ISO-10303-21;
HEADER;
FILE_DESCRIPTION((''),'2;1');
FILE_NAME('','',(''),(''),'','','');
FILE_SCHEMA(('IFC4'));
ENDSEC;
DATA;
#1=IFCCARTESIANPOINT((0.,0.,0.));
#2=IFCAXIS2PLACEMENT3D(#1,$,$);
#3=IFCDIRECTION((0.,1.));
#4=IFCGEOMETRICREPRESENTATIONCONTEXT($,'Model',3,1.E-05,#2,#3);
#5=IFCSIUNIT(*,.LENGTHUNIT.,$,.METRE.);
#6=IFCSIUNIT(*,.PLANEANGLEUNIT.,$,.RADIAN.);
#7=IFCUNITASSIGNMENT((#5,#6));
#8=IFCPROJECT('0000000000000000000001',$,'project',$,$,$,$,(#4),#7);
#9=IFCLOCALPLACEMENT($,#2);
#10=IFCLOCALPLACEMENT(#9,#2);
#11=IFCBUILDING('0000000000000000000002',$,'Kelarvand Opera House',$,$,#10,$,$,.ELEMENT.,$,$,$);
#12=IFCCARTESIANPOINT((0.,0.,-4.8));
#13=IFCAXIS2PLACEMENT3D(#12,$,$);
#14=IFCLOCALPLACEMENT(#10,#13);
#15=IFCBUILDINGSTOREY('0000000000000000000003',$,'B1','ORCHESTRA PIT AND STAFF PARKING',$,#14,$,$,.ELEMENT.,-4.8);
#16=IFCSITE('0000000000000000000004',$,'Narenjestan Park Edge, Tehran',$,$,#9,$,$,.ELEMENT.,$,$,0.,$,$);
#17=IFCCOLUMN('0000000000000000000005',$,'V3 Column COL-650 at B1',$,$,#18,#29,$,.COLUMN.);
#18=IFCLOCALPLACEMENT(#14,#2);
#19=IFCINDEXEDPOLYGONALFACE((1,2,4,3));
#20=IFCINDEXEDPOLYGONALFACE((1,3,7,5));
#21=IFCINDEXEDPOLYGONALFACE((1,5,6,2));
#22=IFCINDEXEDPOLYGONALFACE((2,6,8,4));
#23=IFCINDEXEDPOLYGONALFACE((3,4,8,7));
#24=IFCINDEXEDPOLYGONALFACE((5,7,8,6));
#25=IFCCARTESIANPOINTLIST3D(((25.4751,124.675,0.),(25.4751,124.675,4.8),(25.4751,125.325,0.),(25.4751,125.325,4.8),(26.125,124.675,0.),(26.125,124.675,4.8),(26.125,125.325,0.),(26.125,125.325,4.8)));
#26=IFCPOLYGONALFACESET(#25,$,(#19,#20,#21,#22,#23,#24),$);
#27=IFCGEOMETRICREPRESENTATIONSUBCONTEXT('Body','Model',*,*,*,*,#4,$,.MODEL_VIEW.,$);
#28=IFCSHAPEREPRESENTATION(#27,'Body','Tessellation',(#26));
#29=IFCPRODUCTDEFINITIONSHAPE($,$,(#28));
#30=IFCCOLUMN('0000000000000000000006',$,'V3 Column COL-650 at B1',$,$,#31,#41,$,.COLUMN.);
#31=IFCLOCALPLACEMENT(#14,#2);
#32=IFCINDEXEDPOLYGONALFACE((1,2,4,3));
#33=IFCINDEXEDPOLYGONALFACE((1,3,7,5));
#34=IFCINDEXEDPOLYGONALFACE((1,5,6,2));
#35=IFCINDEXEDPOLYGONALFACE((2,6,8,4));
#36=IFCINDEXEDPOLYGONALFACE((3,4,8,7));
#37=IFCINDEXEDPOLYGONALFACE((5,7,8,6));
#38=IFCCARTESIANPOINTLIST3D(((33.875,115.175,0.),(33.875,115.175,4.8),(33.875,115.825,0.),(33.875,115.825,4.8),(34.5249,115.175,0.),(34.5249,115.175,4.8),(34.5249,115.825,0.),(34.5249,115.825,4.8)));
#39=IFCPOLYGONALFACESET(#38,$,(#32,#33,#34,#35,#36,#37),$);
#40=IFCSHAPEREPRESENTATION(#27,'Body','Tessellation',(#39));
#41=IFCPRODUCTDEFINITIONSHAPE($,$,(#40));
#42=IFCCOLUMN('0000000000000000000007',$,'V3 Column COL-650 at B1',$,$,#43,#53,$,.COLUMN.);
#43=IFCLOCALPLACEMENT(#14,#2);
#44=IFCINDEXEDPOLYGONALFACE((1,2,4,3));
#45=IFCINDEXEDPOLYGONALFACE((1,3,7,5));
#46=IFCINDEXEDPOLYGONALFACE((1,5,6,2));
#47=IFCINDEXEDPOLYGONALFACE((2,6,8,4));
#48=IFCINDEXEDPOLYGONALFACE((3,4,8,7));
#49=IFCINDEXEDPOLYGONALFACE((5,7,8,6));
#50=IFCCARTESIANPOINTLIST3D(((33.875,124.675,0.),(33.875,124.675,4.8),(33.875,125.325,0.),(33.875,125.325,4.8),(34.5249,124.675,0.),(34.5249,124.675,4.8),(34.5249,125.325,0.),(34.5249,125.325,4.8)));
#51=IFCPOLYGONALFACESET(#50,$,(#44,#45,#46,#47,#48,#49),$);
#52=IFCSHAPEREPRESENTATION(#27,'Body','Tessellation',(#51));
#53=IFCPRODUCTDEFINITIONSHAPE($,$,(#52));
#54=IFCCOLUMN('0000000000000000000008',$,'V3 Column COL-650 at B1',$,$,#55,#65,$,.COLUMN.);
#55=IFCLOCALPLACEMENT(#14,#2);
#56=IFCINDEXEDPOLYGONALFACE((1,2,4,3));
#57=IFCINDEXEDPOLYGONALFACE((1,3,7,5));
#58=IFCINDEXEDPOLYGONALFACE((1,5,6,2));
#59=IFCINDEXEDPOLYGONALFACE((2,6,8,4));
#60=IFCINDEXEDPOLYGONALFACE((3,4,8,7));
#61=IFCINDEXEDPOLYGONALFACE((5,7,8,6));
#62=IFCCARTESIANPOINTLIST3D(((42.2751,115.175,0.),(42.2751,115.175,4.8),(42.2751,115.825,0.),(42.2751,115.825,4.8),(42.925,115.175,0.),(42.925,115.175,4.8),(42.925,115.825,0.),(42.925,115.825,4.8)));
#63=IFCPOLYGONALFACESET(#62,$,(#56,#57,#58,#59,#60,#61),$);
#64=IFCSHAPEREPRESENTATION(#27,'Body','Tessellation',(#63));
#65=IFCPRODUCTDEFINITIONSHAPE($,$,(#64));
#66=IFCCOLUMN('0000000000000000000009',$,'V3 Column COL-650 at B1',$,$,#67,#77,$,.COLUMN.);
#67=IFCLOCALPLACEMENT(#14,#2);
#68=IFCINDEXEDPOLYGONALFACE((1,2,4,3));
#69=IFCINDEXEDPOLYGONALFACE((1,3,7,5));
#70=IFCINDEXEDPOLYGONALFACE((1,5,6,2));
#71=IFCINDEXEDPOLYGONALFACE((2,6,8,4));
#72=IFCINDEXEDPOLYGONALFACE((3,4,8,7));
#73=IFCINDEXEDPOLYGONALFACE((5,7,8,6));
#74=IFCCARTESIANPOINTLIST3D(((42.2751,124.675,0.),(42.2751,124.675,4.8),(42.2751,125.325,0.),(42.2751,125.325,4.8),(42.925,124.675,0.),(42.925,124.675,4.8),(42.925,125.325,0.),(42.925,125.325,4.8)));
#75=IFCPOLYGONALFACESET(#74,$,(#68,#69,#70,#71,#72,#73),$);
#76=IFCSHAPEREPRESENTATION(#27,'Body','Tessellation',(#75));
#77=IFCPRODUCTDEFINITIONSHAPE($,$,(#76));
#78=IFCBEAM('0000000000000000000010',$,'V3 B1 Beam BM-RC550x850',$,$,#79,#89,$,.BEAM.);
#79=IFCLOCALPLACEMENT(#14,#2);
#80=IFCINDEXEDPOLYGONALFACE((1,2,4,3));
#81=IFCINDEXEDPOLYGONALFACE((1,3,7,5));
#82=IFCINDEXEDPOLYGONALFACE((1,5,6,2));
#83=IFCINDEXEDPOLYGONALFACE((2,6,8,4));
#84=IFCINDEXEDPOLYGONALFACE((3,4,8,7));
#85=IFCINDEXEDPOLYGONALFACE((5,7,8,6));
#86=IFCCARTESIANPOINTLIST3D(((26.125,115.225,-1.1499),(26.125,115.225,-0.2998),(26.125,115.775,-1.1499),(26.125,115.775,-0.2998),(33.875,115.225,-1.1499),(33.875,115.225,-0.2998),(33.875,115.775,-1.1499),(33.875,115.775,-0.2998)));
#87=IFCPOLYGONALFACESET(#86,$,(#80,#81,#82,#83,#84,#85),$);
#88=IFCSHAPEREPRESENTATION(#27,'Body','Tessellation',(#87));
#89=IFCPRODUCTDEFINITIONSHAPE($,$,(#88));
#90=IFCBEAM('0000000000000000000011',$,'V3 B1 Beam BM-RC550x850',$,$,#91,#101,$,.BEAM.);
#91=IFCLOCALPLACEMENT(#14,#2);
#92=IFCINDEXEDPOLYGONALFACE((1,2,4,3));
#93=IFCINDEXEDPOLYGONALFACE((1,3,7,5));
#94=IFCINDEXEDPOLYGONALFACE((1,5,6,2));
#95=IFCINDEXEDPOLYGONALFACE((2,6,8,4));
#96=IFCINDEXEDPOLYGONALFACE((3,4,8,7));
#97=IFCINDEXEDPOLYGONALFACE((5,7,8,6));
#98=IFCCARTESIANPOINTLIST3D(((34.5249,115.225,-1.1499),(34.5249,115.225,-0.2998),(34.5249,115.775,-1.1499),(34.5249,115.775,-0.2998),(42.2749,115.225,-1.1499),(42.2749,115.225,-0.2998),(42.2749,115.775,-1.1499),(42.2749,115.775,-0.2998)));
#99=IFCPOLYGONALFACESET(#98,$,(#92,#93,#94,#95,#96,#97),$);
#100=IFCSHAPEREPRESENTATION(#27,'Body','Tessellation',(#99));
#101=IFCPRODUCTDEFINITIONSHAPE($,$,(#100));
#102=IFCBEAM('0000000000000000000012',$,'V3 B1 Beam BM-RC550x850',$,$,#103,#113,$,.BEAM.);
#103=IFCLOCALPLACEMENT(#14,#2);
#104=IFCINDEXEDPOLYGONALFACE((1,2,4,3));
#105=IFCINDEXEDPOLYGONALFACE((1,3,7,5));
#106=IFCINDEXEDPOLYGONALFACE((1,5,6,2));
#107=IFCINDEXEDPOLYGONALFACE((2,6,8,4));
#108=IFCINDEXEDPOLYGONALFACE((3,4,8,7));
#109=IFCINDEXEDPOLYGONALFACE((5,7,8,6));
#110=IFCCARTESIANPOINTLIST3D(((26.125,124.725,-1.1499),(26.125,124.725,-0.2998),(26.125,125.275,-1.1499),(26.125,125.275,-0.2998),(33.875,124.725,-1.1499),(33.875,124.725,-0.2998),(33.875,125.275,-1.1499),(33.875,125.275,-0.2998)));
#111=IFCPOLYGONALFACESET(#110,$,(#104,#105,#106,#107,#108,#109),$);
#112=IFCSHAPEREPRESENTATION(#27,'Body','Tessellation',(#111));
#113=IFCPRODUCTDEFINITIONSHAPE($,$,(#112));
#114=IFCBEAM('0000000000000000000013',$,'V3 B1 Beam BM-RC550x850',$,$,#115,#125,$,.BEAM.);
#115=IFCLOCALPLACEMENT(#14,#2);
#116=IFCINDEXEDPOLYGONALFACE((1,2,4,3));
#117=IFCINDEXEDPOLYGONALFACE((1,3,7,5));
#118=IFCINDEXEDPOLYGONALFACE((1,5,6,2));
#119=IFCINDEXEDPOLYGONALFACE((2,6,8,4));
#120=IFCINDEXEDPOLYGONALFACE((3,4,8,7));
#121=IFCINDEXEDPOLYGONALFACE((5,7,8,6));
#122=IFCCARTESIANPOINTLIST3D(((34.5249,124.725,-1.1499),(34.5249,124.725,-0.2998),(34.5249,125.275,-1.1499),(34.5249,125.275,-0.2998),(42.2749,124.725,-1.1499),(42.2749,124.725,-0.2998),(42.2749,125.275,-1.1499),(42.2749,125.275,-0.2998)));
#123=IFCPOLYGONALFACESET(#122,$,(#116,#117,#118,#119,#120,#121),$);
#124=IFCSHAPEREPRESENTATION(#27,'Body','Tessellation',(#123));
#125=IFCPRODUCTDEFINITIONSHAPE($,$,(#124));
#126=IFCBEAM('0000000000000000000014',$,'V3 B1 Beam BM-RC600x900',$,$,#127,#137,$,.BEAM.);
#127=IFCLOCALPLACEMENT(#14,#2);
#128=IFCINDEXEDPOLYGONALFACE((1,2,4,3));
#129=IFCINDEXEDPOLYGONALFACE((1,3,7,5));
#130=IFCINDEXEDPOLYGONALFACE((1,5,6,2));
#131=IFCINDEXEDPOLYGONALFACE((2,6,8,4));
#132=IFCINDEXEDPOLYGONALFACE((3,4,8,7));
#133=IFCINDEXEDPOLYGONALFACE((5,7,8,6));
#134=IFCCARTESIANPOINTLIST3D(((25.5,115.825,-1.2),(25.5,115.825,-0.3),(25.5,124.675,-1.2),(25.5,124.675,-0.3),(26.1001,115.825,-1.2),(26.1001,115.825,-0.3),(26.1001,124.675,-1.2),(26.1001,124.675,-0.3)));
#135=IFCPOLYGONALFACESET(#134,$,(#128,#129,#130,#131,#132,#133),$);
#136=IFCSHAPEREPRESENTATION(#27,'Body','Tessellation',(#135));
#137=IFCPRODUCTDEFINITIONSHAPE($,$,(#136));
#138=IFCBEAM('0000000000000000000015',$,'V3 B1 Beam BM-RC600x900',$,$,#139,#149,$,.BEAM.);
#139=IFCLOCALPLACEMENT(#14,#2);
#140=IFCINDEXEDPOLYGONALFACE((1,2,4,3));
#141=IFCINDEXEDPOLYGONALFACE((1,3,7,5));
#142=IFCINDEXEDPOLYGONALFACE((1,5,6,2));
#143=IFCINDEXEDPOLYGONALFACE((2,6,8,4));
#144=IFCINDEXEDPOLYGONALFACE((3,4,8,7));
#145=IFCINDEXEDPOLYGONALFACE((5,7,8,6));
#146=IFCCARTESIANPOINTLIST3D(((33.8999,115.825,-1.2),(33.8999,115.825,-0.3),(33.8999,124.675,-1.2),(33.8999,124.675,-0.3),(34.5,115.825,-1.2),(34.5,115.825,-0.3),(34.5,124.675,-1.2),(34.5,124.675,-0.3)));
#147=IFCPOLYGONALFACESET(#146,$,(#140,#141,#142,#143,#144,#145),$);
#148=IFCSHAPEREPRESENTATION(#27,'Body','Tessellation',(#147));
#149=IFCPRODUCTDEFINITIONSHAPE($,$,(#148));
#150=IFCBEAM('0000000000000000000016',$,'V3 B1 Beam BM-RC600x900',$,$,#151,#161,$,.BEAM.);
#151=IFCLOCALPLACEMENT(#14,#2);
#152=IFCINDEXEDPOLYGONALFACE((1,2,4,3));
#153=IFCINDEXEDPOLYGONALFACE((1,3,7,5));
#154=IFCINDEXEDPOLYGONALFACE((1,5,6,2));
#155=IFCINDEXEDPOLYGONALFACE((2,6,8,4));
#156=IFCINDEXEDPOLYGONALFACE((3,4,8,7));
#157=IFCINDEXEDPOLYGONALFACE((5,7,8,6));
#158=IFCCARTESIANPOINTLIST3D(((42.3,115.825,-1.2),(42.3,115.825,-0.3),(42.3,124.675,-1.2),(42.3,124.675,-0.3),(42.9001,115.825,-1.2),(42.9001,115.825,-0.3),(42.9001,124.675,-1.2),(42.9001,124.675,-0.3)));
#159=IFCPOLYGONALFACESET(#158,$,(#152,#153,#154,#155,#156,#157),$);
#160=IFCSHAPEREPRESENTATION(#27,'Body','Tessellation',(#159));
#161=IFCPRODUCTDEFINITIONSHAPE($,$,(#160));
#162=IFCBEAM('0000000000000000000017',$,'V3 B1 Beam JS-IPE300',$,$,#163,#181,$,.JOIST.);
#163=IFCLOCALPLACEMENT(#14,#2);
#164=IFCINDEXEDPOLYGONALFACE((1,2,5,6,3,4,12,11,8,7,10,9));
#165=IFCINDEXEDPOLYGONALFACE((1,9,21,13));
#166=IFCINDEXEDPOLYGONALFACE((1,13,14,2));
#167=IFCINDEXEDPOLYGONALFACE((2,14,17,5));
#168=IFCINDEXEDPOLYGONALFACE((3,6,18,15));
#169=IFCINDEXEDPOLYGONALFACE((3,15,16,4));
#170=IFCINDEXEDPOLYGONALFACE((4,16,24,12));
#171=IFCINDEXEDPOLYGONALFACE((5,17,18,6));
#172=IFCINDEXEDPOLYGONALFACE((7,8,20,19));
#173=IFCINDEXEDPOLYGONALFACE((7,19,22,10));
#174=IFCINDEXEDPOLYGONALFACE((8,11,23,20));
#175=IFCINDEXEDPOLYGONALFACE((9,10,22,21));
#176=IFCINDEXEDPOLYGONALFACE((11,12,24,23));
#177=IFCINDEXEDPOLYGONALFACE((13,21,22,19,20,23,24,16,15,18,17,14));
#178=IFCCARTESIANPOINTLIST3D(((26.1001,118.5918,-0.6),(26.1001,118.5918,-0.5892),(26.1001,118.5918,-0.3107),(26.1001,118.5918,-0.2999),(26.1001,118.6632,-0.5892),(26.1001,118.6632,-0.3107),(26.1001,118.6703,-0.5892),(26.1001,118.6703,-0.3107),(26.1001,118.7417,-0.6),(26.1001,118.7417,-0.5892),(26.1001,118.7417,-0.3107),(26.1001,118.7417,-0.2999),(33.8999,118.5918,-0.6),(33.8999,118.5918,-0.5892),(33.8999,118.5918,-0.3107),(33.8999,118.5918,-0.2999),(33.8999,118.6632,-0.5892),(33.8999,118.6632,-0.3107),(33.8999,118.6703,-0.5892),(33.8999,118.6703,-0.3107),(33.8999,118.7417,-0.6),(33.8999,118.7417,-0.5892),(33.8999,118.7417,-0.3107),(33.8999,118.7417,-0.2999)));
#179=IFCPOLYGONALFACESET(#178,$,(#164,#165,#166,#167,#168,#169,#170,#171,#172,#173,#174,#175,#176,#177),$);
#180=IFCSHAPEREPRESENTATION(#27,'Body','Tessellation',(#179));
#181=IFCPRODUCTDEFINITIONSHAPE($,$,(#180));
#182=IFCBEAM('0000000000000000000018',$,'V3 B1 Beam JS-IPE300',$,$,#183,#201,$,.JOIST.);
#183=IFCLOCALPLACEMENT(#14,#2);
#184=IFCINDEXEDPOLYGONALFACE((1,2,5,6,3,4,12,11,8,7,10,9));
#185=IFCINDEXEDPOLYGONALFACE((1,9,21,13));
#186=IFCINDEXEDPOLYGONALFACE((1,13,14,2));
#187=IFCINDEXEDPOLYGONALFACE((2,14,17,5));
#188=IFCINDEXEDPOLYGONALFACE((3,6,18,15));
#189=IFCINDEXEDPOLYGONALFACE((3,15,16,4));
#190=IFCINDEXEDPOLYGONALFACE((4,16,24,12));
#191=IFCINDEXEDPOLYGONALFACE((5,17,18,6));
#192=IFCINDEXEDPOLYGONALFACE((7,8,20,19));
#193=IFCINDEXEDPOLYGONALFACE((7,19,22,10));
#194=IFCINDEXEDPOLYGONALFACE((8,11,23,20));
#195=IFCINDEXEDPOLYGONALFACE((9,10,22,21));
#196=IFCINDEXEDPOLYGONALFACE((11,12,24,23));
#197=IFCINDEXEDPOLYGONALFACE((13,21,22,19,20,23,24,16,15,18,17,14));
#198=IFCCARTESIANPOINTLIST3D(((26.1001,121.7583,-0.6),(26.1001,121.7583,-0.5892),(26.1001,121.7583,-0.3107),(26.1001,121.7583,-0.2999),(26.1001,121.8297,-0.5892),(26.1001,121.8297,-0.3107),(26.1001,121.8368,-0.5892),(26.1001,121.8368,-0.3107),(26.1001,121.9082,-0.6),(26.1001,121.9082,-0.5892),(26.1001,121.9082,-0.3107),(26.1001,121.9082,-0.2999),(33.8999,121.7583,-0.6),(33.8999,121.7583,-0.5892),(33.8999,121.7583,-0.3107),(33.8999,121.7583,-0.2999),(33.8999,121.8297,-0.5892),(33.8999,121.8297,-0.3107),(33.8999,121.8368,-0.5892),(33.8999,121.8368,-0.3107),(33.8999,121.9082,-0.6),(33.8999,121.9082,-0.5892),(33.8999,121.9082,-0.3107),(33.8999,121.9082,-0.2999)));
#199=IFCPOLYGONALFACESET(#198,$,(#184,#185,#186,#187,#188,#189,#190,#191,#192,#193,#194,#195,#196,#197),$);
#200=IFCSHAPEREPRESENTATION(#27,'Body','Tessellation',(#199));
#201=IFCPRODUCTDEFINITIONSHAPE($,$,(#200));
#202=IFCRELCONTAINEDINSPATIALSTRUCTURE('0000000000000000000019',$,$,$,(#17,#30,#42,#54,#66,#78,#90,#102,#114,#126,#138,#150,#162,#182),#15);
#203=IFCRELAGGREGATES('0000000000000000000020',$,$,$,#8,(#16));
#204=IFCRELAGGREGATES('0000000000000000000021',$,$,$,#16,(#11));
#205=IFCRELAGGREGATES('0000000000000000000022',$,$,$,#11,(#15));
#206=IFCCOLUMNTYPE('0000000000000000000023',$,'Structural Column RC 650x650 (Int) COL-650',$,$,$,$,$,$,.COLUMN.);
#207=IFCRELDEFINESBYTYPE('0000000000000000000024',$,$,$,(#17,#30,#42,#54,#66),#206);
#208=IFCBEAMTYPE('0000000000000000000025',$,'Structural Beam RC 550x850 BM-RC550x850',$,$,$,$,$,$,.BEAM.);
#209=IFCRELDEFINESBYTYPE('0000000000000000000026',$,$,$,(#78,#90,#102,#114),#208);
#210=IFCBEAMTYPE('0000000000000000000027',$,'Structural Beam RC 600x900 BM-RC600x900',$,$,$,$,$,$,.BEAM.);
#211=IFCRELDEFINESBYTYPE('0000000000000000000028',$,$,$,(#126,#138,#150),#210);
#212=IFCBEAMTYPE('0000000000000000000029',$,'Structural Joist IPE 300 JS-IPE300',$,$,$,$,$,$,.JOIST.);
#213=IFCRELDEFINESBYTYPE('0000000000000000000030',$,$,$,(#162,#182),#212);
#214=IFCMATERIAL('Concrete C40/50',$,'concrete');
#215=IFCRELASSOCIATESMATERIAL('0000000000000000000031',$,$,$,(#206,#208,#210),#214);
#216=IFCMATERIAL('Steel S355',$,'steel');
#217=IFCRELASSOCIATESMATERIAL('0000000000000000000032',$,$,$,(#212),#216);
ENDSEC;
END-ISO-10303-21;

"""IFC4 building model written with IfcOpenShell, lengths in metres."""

from ifc_helpers import new_model, si_unit, direction, frame, origin, origin_2d, place, context, subcontext, project, spatial, rectangle, i_section, extrude, material, material_profile, profile_set, type_object, element, save


model = new_model("IFC4")

# Units and contexts
model_context = context("Model", 3, precision=1e-05, world=origin(), true_north=direction((0.0, 1.0)))
body_context = subcontext(model_context, "Body", "Model", "MODEL_VIEW")
ifc_project = project(units=[si_unit("LENGTHUNIT", "METRE"), si_unit("PLANEANGLEUNIT", "RADIAN")], contexts=[model_context])

# Site, building, storey
site_placement = place(None, origin())
site = spatial("IfcSite", under=ifc_project, at=site_placement, Name="Narenjestan Park Edge, Tehran", CompositionType="ELEMENT", RefElevation=0.0)
building_placement = place(site_placement, origin())
building = spatial("IfcBuilding", under=site, at=building_placement, Name="Kelarvand Opera House", CompositionType="ELEMENT")
storey_placement = place(building_placement, frame((0.0, 0.0, -4.8)))
storey = spatial("IfcBuildingStorey", under=building, at=storey_placement, Name="B1", Description="ORCHESTRA PIT AND STAFF PARKING", CompositionType="ELEMENT", Elevation=-4.8)

# Columns
ifc_material_1 = material(Name="Concrete C40/50", Category="concrete")
ifc_material_profile_1 = material_profile(ifc_material_1, rectangle(XDim=0.6499, YDim=0.6499, at=origin_2d()), Name="RC 650x650", Category="concrete")
ifc_profile_set_1 = profile_set([ifc_material_profile_1], Name="Concrete C40/50")
column_type = type_object("IfcColumnType", Name="Structural Column RC 650x650 (Int) COL-650", PredefinedType="COLUMN", material=ifc_profile_set_1)
for number, where, z_axis, x_axis, name in (
    (1, (25.8, 125.0, 0.0), (0.0, 0.0, 1.0), (1.0, 0.0, 0.0), "V3 Column COL-650 at B1"),
    (2, (34.2, 115.5, 0.0), (0.0, 0.0, 1.0), (1.0, 0.0, 0.0), "V3 Column COL-650 at B1"),
    (3, (34.2, 125.0, 0.0), (0.0, 0.0, 1.0), (1.0, 0.0, 0.0), "V3 Column COL-650 at B1"),
    (4, (42.6001, 115.5, 0.0), (0.0, 0.0, 1.0), (1.0, 0.0, 0.0), "V3 Column COL-650 at B1"),
    (5, (42.6001, 125.0, 0.0), (0.0, 0.0, 1.0), (1.0, 0.0, 0.0), "V3 Column COL-650 at B1"),
):
    element("IfcColumn", number, at=place(storey_placement, frame(where, z_axis=z_axis, x_axis=x_axis)), inside=storey, type_object=column_type, Name=name, PredefinedType="COLUMN", context=body_context, shape_type="SweptSolid", body=[
        extrude(rectangle(XDim=0.6499, YDim=0.6499, at=origin_2d()), origin(), (0.0, 0.0, 1.0), 4.8),
    ])

# Beams
ifc_material_profile_2 = material_profile(ifc_material_1, rectangle(XDim=0.55, YDim=0.8501, at=origin_2d()), Name="RC 550x850", Category="concrete")
ifc_profile_set_2 = profile_set([ifc_material_profile_2], Name="Concrete C40/50")
beam_type_1 = type_object("IfcBeamType", Name="Structural Beam RC 550x850 BM-RC550x850", PredefinedType="BEAM", material=ifc_profile_set_2)
for number, where, z_axis, x_axis, name in (
    (6, (26.125, 115.5, -0.7249), (1.0, 0.0, 0.0), (0.0, 1.0, 0.0), "V3 B1 Beam BM-RC550x850"),
    (7, (34.5249, 115.5, -0.7249), (1.0, 0.0, 0.0), (0.0, 1.0, 0.0), "V3 B1 Beam BM-RC550x850"),
    (8, (26.125, 125.0, -0.7249), (1.0, 0.0, 0.0), (0.0, 1.0, 0.0), "V3 B1 Beam BM-RC550x850"),
    (9, (34.5249, 125.0, -0.7249), (1.0, 0.0, 0.0), (0.0, 1.0, 0.0), "V3 B1 Beam BM-RC550x850"),
):
    element("IfcBeam", number, at=place(storey_placement, frame(where, z_axis=z_axis, x_axis=x_axis)), inside=storey, type_object=beam_type_1, Name=name, PredefinedType="BEAM", context=body_context, shape_type="SweptSolid", body=[
        extrude(rectangle(XDim=0.55, YDim=0.8501, at=origin_2d()), origin(), (0.0, 0.0, 1.0), 7.75),
    ])
ifc_material_profile_3 = material_profile(ifc_material_1, rectangle(XDim=0.6001, YDim=0.8999, at=origin_2d()), Name="RC 600x900", Category="concrete")
ifc_profile_set_3 = profile_set([ifc_material_profile_3], Name="Concrete C40/50")
beam_type_2 = type_object("IfcBeamType", Name="Structural Beam RC 600x900 BM-RC600x900", PredefinedType="BEAM", material=ifc_profile_set_3)
for number, where, z_axis, x_axis, name in (
    (10, (25.8, 115.825, -0.75), (0.0, 1.0, 0.0), (-1.0, 0.0, 0.0), "V3 B1 Beam BM-RC600x900"),
    (11, (34.2, 115.825, -0.75), (0.0, 1.0, 0.0), (-1.0, 0.0, 0.0), "V3 B1 Beam BM-RC600x900"),
    (12, (42.6001, 115.825, -0.75), (0.0, 1.0, 0.0), (-1.0, 0.0, 0.0), "V3 B1 Beam BM-RC600x900"),
):
    element("IfcBeam", number, at=place(storey_placement, frame(where, z_axis=z_axis, x_axis=x_axis)), inside=storey, type_object=beam_type_2, Name=name, PredefinedType="BEAM", context=body_context, shape_type="SweptSolid", body=[
        extrude(rectangle(XDim=0.6001, YDim=0.8999, at=origin_2d()), origin(), (0.0, 0.0, 1.0), 8.8501),
    ])
ifc_material_2 = material(Name="Steel S355", Category="steel")
ifc_material_profile_4 = material_profile(ifc_material_2, i_section(OverallWidth=0.1499, OverallDepth=0.3, WebThickness=0.0071, FlangeThickness=0.0107, at=origin_2d()), Name="IPE 300", Category="steel")
ifc_profile_set_4 = profile_set([ifc_material_profile_4], Name="Steel S355")
beam_type_3 = type_object("IfcBeamType", Name="Structural Joist IPE 300 JS-IPE300", PredefinedType="JOIST", material=ifc_profile_set_4)
for number, where, z_axis, x_axis, name in (
    (13, (26.1001, 118.6667, -0.45), (1.0, 0.0, 0.0), (0.0, 1.0, 0.0), "V3 B1 Beam JS-IPE300"),
    (14, (26.1001, 121.8333, -0.45), (1.0, 0.0, 0.0), (0.0, 1.0, 0.0), "V3 B1 Beam JS-IPE300"),
):
    element("IfcBeam", number, at=place(storey_placement, frame(where, z_axis=z_axis, x_axis=x_axis)), inside=storey, type_object=beam_type_3, Name=name, PredefinedType="JOIST", context=body_context, shape_type="SweptSolid", body=[
        extrude(i_section(OverallWidth=0.1499, OverallDepth=0.3, WebThickness=0.0071, FlangeThickness=0.0107, at=origin_2d()), origin(), (0.0, 0.0, 1.0), 7.7998),
    ])

save(model, "model.ifc")
